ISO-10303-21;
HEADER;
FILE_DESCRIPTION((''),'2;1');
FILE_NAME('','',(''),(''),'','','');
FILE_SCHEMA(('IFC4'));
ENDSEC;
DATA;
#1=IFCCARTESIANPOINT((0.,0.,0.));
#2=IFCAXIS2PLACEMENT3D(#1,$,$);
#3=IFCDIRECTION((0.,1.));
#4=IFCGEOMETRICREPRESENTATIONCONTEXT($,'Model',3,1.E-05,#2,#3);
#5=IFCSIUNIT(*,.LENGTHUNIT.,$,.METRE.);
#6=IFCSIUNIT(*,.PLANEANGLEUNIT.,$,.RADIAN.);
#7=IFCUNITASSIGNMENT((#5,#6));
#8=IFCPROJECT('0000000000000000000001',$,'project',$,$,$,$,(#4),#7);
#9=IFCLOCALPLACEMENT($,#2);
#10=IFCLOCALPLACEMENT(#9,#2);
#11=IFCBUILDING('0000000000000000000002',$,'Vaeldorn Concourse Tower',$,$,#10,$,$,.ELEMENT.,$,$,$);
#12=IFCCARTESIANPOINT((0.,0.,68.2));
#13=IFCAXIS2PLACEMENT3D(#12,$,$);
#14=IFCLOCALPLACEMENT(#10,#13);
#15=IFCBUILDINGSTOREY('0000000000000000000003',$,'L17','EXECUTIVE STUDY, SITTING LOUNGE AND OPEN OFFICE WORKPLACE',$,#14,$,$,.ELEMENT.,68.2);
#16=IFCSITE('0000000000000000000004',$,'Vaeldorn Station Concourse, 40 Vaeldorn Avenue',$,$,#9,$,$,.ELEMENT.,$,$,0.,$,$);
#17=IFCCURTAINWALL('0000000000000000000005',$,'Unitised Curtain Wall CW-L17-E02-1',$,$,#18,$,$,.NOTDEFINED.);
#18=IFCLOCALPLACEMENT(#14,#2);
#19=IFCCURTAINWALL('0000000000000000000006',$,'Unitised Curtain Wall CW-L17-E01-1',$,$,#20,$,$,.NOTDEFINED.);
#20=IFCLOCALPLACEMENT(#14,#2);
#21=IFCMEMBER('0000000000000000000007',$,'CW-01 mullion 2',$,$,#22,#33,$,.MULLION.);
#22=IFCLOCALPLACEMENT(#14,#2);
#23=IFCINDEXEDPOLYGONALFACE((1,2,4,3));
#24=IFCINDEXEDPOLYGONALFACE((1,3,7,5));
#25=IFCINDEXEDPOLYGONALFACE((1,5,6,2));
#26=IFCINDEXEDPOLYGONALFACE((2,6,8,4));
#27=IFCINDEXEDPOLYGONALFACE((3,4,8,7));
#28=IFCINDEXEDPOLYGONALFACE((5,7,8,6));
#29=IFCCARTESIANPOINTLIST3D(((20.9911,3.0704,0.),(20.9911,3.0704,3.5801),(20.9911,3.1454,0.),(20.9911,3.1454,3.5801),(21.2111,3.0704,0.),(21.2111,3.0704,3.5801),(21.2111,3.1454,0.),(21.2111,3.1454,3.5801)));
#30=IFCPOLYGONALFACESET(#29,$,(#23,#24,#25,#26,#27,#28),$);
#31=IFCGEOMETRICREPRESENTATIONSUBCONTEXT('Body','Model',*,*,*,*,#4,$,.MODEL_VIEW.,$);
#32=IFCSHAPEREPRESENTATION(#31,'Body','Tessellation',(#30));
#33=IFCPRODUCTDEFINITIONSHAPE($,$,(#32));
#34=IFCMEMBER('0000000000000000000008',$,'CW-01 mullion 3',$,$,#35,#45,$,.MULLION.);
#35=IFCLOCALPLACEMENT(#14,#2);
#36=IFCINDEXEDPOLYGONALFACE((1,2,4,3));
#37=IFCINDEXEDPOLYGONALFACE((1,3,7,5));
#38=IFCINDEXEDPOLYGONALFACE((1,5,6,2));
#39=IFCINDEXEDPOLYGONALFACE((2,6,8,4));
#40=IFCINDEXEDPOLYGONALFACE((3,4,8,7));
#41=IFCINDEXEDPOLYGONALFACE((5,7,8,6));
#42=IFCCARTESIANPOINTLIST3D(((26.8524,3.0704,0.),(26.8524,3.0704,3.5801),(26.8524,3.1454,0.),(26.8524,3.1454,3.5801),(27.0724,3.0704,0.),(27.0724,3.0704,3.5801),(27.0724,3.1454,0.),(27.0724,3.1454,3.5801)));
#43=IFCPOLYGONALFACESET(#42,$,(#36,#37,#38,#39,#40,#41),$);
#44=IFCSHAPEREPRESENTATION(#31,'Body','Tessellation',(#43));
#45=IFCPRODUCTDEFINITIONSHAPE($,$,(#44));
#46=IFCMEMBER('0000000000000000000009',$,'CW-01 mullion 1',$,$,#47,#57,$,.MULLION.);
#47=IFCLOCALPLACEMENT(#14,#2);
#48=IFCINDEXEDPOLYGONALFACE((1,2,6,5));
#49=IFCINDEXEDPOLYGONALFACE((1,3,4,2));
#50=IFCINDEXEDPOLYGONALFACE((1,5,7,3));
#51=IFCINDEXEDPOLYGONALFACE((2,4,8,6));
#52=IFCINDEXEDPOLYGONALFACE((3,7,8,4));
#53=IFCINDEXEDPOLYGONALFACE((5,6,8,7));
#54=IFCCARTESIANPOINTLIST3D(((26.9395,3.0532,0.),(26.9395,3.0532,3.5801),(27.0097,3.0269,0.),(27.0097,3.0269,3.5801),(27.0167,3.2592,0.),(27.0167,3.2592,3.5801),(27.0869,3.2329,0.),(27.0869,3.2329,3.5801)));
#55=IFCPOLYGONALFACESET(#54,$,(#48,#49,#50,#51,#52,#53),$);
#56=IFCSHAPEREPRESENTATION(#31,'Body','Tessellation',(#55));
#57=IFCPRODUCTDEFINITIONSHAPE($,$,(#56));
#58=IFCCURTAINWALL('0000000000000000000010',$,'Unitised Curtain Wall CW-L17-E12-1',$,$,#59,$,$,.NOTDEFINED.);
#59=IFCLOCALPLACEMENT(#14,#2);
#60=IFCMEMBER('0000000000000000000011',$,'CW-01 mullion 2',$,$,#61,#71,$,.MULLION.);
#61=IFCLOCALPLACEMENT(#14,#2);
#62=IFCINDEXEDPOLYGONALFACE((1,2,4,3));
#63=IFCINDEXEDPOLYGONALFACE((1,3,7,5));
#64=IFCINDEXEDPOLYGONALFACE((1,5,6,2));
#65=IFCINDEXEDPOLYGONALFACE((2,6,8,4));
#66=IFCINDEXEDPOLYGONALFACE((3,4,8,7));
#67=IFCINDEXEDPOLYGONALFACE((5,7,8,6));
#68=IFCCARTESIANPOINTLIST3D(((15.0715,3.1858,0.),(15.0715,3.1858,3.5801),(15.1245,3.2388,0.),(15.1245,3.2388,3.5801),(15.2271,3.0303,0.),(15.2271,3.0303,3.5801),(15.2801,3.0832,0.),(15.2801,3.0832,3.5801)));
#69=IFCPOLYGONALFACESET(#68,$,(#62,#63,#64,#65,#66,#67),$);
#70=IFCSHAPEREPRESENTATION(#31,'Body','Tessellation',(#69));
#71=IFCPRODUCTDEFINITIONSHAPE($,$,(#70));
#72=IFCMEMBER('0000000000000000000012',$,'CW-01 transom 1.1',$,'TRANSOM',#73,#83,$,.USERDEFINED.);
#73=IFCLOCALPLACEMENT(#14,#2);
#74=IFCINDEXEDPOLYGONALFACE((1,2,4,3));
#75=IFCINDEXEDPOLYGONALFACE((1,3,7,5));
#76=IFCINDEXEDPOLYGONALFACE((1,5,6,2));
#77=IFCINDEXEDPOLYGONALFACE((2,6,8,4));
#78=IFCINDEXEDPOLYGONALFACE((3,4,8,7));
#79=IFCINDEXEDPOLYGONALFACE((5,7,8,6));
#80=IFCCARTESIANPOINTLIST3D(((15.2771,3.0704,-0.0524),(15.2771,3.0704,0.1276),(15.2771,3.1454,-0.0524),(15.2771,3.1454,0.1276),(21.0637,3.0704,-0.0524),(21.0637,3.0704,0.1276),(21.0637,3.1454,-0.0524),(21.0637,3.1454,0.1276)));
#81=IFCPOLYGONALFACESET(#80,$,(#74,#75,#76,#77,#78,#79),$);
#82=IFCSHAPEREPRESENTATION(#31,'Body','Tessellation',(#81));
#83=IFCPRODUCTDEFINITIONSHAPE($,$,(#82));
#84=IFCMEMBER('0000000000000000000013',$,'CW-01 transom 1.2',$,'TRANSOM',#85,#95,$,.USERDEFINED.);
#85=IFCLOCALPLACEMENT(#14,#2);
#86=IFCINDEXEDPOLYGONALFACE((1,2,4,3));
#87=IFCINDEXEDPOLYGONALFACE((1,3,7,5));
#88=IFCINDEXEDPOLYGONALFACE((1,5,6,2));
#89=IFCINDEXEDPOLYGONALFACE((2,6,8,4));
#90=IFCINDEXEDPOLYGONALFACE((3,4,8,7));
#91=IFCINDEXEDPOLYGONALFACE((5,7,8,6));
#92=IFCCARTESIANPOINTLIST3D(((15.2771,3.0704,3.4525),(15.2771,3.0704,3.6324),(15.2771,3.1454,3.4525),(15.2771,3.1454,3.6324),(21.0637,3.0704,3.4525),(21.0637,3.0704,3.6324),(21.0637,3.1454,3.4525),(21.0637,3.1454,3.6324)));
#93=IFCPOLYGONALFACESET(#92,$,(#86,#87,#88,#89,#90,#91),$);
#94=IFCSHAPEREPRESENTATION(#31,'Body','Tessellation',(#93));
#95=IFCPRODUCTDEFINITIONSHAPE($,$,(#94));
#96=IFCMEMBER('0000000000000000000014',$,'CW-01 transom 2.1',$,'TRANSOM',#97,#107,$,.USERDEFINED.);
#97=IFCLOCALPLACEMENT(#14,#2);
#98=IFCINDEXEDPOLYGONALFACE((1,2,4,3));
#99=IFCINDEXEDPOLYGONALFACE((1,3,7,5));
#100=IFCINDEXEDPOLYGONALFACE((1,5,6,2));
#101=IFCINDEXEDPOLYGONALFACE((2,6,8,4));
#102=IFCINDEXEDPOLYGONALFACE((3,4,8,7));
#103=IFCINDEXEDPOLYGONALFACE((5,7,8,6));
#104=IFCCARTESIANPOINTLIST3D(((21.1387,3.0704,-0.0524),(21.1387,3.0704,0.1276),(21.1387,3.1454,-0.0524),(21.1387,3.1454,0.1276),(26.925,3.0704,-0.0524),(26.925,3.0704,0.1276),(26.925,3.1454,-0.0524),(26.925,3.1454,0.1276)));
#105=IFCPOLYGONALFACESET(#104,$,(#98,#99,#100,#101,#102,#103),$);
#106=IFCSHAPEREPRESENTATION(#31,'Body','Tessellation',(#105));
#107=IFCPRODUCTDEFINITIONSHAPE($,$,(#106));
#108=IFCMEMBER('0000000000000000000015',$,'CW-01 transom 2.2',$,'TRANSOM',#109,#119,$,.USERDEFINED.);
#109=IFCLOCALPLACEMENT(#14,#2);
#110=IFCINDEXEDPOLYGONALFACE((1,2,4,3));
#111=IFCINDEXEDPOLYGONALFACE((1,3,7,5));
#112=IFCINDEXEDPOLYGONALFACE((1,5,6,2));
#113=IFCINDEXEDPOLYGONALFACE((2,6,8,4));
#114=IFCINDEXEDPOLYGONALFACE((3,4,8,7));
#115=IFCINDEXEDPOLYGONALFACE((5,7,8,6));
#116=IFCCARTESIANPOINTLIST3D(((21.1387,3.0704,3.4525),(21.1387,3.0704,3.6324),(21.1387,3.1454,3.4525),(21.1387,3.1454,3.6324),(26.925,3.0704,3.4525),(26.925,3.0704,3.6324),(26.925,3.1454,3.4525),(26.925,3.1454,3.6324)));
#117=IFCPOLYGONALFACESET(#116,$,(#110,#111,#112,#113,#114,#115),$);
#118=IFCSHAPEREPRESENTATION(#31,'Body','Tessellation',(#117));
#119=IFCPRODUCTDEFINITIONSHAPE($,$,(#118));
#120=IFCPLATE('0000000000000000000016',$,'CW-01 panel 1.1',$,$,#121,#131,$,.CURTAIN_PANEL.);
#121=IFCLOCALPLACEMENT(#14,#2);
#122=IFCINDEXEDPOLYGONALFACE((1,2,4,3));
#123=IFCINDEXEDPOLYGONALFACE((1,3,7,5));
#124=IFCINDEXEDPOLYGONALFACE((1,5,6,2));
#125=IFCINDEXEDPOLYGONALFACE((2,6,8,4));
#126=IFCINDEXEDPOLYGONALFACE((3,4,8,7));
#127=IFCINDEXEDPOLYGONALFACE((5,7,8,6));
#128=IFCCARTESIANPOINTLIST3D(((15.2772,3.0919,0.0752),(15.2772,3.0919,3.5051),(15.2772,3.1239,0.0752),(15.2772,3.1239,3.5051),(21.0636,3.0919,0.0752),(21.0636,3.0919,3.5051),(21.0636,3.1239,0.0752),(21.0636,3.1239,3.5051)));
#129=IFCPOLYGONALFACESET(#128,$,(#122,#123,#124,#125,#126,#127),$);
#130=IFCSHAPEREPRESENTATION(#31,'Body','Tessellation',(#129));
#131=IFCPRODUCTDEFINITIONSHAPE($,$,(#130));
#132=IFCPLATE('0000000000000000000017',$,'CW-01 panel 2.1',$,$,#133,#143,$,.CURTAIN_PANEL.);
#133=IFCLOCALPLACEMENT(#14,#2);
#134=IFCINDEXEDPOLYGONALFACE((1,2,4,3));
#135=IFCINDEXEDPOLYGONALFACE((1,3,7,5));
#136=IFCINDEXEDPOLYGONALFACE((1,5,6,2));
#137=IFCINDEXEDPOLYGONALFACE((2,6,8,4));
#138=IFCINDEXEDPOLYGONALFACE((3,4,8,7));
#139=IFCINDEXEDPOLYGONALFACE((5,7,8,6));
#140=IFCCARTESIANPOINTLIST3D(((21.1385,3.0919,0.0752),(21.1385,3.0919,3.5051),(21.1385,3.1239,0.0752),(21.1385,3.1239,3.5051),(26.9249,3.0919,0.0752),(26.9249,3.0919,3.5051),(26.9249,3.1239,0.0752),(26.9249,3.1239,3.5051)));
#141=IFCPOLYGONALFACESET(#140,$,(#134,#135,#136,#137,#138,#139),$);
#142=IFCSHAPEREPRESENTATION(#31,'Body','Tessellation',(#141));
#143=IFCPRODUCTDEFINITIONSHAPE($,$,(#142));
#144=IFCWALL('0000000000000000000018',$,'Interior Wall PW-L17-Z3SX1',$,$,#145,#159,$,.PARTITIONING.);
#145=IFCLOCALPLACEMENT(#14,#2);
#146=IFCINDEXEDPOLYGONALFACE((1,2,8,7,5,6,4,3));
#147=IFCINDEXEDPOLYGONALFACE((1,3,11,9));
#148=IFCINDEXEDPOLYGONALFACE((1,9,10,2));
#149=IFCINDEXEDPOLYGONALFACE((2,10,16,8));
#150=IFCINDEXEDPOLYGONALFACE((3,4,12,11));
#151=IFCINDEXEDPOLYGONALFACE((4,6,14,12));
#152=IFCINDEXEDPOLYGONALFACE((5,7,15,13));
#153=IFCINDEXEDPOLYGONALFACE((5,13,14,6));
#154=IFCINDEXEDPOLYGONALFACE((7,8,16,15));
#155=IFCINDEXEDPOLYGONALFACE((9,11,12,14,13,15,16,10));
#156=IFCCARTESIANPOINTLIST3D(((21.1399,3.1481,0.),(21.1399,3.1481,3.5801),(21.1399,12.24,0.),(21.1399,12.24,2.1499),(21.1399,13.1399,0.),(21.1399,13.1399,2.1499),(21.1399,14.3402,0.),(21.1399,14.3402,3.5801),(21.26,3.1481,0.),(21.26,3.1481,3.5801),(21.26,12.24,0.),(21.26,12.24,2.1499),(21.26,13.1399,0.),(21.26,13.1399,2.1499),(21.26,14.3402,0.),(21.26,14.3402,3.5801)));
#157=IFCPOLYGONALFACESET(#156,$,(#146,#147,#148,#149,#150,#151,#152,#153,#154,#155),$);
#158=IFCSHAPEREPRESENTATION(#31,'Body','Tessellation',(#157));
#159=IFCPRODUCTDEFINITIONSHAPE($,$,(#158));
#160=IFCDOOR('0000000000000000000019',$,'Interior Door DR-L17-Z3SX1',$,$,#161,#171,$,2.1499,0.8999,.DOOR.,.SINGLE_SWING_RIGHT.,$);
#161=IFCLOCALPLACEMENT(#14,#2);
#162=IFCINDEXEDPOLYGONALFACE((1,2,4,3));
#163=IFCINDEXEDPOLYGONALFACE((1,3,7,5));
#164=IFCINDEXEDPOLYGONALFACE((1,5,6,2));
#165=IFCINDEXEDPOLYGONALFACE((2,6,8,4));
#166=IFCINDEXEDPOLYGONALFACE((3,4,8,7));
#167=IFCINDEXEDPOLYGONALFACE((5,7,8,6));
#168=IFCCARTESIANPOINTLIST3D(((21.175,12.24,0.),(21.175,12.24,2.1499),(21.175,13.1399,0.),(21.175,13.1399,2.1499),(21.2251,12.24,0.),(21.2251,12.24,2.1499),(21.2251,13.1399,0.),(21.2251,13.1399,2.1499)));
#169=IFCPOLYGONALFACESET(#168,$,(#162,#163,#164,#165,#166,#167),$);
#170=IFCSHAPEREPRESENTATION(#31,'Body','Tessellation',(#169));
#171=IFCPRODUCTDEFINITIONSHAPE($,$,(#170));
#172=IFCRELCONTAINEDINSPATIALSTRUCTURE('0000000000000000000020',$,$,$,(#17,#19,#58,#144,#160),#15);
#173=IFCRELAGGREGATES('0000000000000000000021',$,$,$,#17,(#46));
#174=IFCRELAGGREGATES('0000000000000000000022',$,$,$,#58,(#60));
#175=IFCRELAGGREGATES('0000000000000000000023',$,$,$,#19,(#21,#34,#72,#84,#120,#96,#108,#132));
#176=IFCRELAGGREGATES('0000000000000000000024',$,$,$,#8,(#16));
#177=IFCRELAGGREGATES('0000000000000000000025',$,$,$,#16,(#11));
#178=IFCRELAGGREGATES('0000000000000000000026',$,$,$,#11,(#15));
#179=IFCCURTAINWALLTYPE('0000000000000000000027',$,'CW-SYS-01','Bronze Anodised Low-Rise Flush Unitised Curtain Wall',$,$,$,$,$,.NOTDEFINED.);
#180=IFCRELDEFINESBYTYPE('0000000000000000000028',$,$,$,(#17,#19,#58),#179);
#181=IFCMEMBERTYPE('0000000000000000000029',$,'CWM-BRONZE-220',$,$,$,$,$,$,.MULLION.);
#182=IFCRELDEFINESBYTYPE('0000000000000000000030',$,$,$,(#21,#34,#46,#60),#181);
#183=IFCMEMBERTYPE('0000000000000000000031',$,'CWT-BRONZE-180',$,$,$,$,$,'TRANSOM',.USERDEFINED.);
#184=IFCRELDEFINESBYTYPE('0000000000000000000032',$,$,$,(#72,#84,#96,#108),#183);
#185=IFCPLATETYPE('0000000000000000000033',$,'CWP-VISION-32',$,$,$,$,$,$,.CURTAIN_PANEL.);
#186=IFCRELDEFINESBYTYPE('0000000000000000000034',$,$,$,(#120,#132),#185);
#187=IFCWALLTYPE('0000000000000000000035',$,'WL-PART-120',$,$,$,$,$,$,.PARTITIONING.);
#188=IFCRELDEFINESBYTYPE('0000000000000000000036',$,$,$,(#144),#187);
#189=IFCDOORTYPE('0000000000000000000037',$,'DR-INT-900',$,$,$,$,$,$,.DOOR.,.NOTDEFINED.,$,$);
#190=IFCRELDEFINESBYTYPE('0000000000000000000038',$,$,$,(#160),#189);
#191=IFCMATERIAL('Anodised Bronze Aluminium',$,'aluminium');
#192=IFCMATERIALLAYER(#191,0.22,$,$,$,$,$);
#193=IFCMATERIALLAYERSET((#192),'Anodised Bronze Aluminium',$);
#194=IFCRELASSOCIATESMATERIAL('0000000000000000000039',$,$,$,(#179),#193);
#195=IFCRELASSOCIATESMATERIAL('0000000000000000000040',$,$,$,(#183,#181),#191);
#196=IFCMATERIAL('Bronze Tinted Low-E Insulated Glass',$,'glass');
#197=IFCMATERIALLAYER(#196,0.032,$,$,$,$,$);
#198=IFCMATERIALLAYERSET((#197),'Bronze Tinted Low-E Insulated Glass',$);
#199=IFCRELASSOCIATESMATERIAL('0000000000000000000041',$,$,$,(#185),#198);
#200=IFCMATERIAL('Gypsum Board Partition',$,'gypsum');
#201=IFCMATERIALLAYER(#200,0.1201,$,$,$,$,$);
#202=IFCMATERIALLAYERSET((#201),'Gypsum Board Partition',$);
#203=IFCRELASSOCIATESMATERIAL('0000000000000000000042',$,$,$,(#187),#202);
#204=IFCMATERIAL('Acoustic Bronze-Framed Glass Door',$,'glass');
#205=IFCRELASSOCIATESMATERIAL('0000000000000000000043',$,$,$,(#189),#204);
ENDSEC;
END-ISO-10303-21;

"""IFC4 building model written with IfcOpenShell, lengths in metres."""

from ifc_helpers import new_model, si_unit, direction, frame, frame_2d, origin, origin_2d, place, context, subcontext, project, spatial, rectangle, extrude, source, transform, mapped, material, layer, layer_set, material_profile, profile_set, type_object, element, fill, aggregate, save


model = new_model("IFC4")

# Units and contexts
model_context = context("Model", 3, precision=1e-05, world=origin(), true_north=direction((0.0, 1.0)))
body_context = subcontext(model_context, "Body", "Model", "MODEL_VIEW")
ifc_project = project(units=[si_unit("LENGTHUNIT", "METRE"), si_unit("PLANEANGLEUNIT", "RADIAN")], contexts=[model_context])

# Site, building, storey
site_placement = place(None, origin())
site = spatial("IfcSite", under=ifc_project, at=site_placement, Name="Vaeldorn Station Concourse, 40 Vaeldorn Avenue", CompositionType="ELEMENT", RefElevation=0.0)
building_placement = place(site_placement, origin())
building = spatial("IfcBuilding", under=site, at=building_placement, Name="Vaeldorn Concourse Tower", CompositionType="ELEMENT")
storey_placement = place(building_placement, frame((0.0, 0.0, 68.2)))
storey = spatial("IfcBuildingStorey", under=building, at=storey_placement, Name="L17", Description="EXECUTIVE STUDY, SITTING LOUNGE AND OPEN OFFICE WORKPLACE", CompositionType="ELEMENT", Elevation=68.2)

# Curtain walls, members
ifc_material_1 = material(Name="Anodised Bronze Aluminium", Category="aluminium")
ifc_layer_1 = layer(ifc_material_1, 0.22)
ifc_layer_set_1 = layer_set([ifc_layer_1], Name="Anodised Bronze Aluminium")
curtain_wall_type = type_object("IfcCurtainWallType", Name="CW-SYS-01", Description="Bronze Anodised Low-Rise Flush Unitised Curtain Wall", PredefinedType="NOTDEFINED", material=ifc_layer_set_1)
curtain_wall_1_placement = place(storey_placement, origin())
curtain_wall_1 = element("IfcCurtainWall", 1, at=curtain_wall_1_placement, inside=storey, type_object=curtain_wall_type, Name="Unitised Curtain Wall CW-L17-E02-1", PredefinedType="NOTDEFINED")
ifc_material_profile_1 = material_profile(ifc_material_1, rectangle(XDim=0.075, YDim=0.1799, at=origin_2d()), Name="CWT 75x180")
ifc_profile_set_1 = profile_set([ifc_material_profile_1], Name="Anodised Bronze Aluminium")
member_type_1 = type_object("IfcMemberType", Name="CWT-BRONZE-180", ElementType="TRANSOM", PredefinedType="USERDEFINED", material=ifc_profile_set_1)
curtain_wall_2_placement = place(storey_placement, origin())
curtain_wall_2 = element("IfcCurtainWall", 2, at=curtain_wall_2_placement, inside=storey, type_object=curtain_wall_type, Name="Unitised Curtain Wall CW-L17-E01-1", PredefinedType="NOTDEFINED")
ifc_material_profile_2 = material_profile(ifc_material_1, rectangle(XDim=0.075, YDim=0.22, at=origin_2d()), Name="CWM 75x220")
ifc_profile_set_2 = profile_set([ifc_material_profile_2], Name="Anodised Bronze Aluminium")
member_type_2 = type_object("IfcMemberType", Name="CWM-BRONZE-220", PredefinedType="MULLION", material=ifc_profile_set_2)
shared_shape_1 = source(origin(), body_context, "Body", "SweptSolid", [
    extrude(rectangle(XDim=0.075, YDim=0.22, at=origin_2d()), origin(), (0.0, 0.0, 1.0), 3.5801),
])
member_1_placement = place(storey_placement, frame((21.1011, 3.1079, 0.0), z_axis=(0.0, 0.0, 1.0), x_axis=(0.0, 1.0, 0.0)))
member_1 = element("IfcMember", 3, at=member_1_placement, type_object=member_type_2, Name="CW-01 mullion 2", PredefinedType="MULLION", context=body_context, shape_type="MappedRepresentation", body=[
    mapped(shared_shape_1, transform((0.0, 0.0, 0.0), scale=1.0)),
])
member_2_placement = place(storey_placement, frame((26.9624, 3.1079, 0.0), z_axis=(0.0, 0.0, 1.0), x_axis=(0.0, 1.0, 0.0)))
member_2 = element("IfcMember", 4, at=member_2_placement, type_object=member_type_2, Name="CW-01 mullion 3", PredefinedType="MULLION", context=body_context, shape_type="MappedRepresentation", body=[
    mapped(shared_shape_1, transform((0.0, 0.0, 0.0), scale=1.0)),
])

# Member
member_3_placement = place(storey_placement, frame((27.0132, 3.1431, 0.0), z_axis=(0.0, 0.0, 1.0), x_axis=(-0.936329, 0.351123, 0.0)))
member_3 = element("IfcMember", 5, at=member_3_placement, type_object=member_type_2, Name="CW-01 mullion 1", PredefinedType="MULLION", context=body_context, shape_type="MappedRepresentation", body=[
    mapped(shared_shape_1, transform((0.0, 0.0, 0.0), scale=1.0)),
])
aggregate(curtain_wall_1, [member_3])

# Curtain wall, member
curtain_wall_3_placement = place(storey_placement, origin())
curtain_wall_3 = element("IfcCurtainWall", 6, at=curtain_wall_3_placement, inside=storey, type_object=curtain_wall_type, Name="Unitised Curtain Wall CW-L17-E12-1", PredefinedType="NOTDEFINED")
member_4_placement = place(storey_placement, frame((15.1758, 3.1345, 0.0), z_axis=(0.0, 0.0, 1.0), x_axis=(0.707107, 0.707107, 0.0)))
member_4 = element("IfcMember", 7, at=member_4_placement, type_object=member_type_2, Name="CW-01 mullion 2", PredefinedType="MULLION", context=body_context, shape_type="MappedRepresentation", body=[
    mapped(shared_shape_1, transform((0.0, 0.0, 0.0), scale=1.0)),
])
aggregate(curtain_wall_3, [member_4])

# Members
shared_shape_2 = source(origin(), body_context, "Body", "SweptSolid", [
    extrude(rectangle(XDim=0.075, YDim=0.1799, at=origin_2d()), origin(), (0.0, 0.0, 1.0), 5.7866),
])
member_5_placement = place(storey_placement, frame((15.2771, 3.1079, 0.0376), z_axis=(1.0, 0.0, 0.0), x_axis=(0.0, 1.0, 0.0)))
member_5 = element("IfcMember", 8, at=member_5_placement, type_object=member_type_1, Name="CW-01 transom 1.1", ObjectType="TRANSOM", PredefinedType="USERDEFINED", context=body_context, shape_type="MappedRepresentation", body=[
    mapped(shared_shape_2, transform((0.0, 0.0, 0.0), scale=1.0)),
])
member_6_placement = place(storey_placement, frame((15.2771, 3.1079, 3.5425), z_axis=(1.0, 0.0, 0.0), x_axis=(0.0, 1.0, 0.0)))
member_6 = element("IfcMember", 9, at=member_6_placement, type_object=member_type_1, Name="CW-01 transom 1.2", ObjectType="TRANSOM", PredefinedType="USERDEFINED", context=body_context, shape_type="MappedRepresentation", body=[
    mapped(shared_shape_2, transform((0.0, 0.0, 0.0), scale=1.0)),
])
shared_shape_3 = source(origin(), body_context, "Body", "SweptSolid", [
    extrude(rectangle(XDim=0.075, YDim=0.1799, at=origin_2d()), origin(), (0.0, 0.0, 1.0), 5.7864),
])
member_7_placement = place(storey_placement, frame((21.1387, 3.1079, 0.0376), z_axis=(1.0, 0.0, 0.0), x_axis=(0.0, 1.0, 0.0)))
member_7 = element("IfcMember", 10, at=member_7_placement, type_object=member_type_1, Name="CW-01 transom 2.1", ObjectType="TRANSOM", PredefinedType="USERDEFINED", context=body_context, shape_type="MappedRepresentation", body=[
    mapped(shared_shape_3, transform((0.0, 0.0, 0.0), scale=1.0)),
])
member_8_placement = place(storey_placement, frame((21.1387, 3.1079, 3.5425), z_axis=(1.0, 0.0, 0.0), x_axis=(0.0, 1.0, 0.0)))
member_8 = element("IfcMember", 11, at=member_8_placement, type_object=member_type_1, Name="CW-01 transom 2.2", ObjectType="TRANSOM", PredefinedType="USERDEFINED", context=body_context, shape_type="MappedRepresentation", body=[
    mapped(shared_shape_3, transform((0.0, 0.0, 0.0), scale=1.0)),
])

# Plates
ifc_material_2 = material(Name="Bronze Tinted Low-E Insulated Glass", Category="glass")
ifc_layer_2 = layer(ifc_material_2, 0.032)
ifc_layer_set_2 = layer_set([ifc_layer_2], Name="Bronze Tinted Low-E Insulated Glass")
plate_type = type_object("IfcPlateType", Name="CWP-VISION-32", PredefinedType="CURTAIN_PANEL", material=ifc_layer_set_2)
shared_shape_4 = source(origin(), body_context, "Body", "SweptSolid", [
    extrude(rectangle(XDim=5.7864, YDim=0.032, at=origin_2d()), origin(), (0.0, 0.0, 1.0), 3.4299),
])
plate_1_placement = place(storey_placement, frame((18.1704, 3.1079, 0.0752), z_axis=(0.0, 0.0, 1.0), x_axis=(1.0, 0.0, 0.0)))
plate_1 = element("IfcPlate", 12, at=plate_1_placement, type_object=plate_type, Name="CW-01 panel 1.1", PredefinedType="CURTAIN_PANEL", context=body_context, shape_type="MappedRepresentation", body=[
    mapped(shared_shape_4, transform((0.0, 0.0, 0.0), scale=1.0)),
])
plate_2_placement = place(storey_placement, frame((24.0317, 3.1079, 0.0752), z_axis=(0.0, 0.0, 1.0), x_axis=(1.0, 0.0, 0.0)))
plate_2 = element("IfcPlate", 13, at=plate_2_placement, type_object=plate_type, Name="CW-01 panel 2.1", PredefinedType="CURTAIN_PANEL", context=body_context, shape_type="MappedRepresentation", body=[
    mapped(shared_shape_4, transform((0.0, 0.0, 0.0), scale=1.0)),
])
aggregate(curtain_wall_2, [member_1, member_2, member_5, member_6, plate_1, member_7, member_8, plate_2])

# Wall, opening, door
ifc_material_3 = material(Name="Gypsum Board Partition", Category="gypsum")
ifc_layer_3 = layer(ifc_material_3, 0.1201)
ifc_layer_set_3 = layer_set([ifc_layer_3], Name="Gypsum Board Partition")
wall_type = type_object("IfcWallType", Name="WL-PART-120", PredefinedType="PARTITIONING", material=ifc_layer_set_3)
wall_placement = place(storey_placement, frame((21.2, 3.1479, 0.0), z_axis=(0.0, 0.0, 1.0), x_axis=(0.0, 1.0, 0.0)))
wall = element("IfcWall", 14, at=wall_placement, inside=storey, type_object=wall_type, Name="Interior Wall PW-L17-Z3SX1", PredefinedType="PARTITIONING", context=body_context, shape_type="SweptSolid", body=[
    extrude(rectangle(XDim=11.1921, YDim=0.1201, at=frame_2d((5.5962, 0.0))), origin(), (0.0, 0.0, 1.0), 3.5801),
])
opening_placement = place(wall_placement, frame((9.092, 0.0, 0.0)))
opening = element("IfcOpeningElement", 15, at=opening_placement, cuts=wall, PredefinedType="OPENING", context=body_context, shape_type="SweptSolid", body=[
    extrude(rectangle(XDim=0.8999, YDim=2.1499, at=frame_2d((0.45, 1.075))), frame((0.0, 0.0701, 0.0), z_axis=(0.0, -1.0, 0.0), x_axis=(1.0, 0.0, 0.0)), (0.0, 0.0, 1.0), 0.1401),
])
ifc_material_4 = material(Name="Acoustic Bronze-Framed Glass Door", Category="glass")
door_type = type_object("IfcDoorType", Name="DR-INT-900", OperationType="NOTDEFINED", PredefinedType="DOOR", material=ifc_material_4)
shared_shape_5 = source(origin(), body_context, "Body", "SweptSolid", [
    extrude(rectangle(XDim=0.8999, YDim=2.1499, at=frame_2d((0.45, 1.075))), frame((0.0, 0.0249, 0.0), z_axis=(0.0, -1.0, 0.0), x_axis=(1.0, 0.0, 0.0)), (0.0, 0.0, 1.0), 0.05),
])
door_placement = place(opening_placement, origin())
door = element("IfcDoor", 16, at=door_placement, inside=storey, type_object=door_type, Name="Interior Door DR-L17-Z3SX1", OperationType="SINGLE_SWING_RIGHT", OverallHeight=2.1499, OverallWidth=0.8999, PredefinedType="DOOR", context=body_context, shape_type="MappedRepresentation", body=[
    mapped(shared_shape_5, transform((0.0, 0.0, 0.0), scale=1.0)),
])
fill(opening, door)

save(model, "model.ifc")
